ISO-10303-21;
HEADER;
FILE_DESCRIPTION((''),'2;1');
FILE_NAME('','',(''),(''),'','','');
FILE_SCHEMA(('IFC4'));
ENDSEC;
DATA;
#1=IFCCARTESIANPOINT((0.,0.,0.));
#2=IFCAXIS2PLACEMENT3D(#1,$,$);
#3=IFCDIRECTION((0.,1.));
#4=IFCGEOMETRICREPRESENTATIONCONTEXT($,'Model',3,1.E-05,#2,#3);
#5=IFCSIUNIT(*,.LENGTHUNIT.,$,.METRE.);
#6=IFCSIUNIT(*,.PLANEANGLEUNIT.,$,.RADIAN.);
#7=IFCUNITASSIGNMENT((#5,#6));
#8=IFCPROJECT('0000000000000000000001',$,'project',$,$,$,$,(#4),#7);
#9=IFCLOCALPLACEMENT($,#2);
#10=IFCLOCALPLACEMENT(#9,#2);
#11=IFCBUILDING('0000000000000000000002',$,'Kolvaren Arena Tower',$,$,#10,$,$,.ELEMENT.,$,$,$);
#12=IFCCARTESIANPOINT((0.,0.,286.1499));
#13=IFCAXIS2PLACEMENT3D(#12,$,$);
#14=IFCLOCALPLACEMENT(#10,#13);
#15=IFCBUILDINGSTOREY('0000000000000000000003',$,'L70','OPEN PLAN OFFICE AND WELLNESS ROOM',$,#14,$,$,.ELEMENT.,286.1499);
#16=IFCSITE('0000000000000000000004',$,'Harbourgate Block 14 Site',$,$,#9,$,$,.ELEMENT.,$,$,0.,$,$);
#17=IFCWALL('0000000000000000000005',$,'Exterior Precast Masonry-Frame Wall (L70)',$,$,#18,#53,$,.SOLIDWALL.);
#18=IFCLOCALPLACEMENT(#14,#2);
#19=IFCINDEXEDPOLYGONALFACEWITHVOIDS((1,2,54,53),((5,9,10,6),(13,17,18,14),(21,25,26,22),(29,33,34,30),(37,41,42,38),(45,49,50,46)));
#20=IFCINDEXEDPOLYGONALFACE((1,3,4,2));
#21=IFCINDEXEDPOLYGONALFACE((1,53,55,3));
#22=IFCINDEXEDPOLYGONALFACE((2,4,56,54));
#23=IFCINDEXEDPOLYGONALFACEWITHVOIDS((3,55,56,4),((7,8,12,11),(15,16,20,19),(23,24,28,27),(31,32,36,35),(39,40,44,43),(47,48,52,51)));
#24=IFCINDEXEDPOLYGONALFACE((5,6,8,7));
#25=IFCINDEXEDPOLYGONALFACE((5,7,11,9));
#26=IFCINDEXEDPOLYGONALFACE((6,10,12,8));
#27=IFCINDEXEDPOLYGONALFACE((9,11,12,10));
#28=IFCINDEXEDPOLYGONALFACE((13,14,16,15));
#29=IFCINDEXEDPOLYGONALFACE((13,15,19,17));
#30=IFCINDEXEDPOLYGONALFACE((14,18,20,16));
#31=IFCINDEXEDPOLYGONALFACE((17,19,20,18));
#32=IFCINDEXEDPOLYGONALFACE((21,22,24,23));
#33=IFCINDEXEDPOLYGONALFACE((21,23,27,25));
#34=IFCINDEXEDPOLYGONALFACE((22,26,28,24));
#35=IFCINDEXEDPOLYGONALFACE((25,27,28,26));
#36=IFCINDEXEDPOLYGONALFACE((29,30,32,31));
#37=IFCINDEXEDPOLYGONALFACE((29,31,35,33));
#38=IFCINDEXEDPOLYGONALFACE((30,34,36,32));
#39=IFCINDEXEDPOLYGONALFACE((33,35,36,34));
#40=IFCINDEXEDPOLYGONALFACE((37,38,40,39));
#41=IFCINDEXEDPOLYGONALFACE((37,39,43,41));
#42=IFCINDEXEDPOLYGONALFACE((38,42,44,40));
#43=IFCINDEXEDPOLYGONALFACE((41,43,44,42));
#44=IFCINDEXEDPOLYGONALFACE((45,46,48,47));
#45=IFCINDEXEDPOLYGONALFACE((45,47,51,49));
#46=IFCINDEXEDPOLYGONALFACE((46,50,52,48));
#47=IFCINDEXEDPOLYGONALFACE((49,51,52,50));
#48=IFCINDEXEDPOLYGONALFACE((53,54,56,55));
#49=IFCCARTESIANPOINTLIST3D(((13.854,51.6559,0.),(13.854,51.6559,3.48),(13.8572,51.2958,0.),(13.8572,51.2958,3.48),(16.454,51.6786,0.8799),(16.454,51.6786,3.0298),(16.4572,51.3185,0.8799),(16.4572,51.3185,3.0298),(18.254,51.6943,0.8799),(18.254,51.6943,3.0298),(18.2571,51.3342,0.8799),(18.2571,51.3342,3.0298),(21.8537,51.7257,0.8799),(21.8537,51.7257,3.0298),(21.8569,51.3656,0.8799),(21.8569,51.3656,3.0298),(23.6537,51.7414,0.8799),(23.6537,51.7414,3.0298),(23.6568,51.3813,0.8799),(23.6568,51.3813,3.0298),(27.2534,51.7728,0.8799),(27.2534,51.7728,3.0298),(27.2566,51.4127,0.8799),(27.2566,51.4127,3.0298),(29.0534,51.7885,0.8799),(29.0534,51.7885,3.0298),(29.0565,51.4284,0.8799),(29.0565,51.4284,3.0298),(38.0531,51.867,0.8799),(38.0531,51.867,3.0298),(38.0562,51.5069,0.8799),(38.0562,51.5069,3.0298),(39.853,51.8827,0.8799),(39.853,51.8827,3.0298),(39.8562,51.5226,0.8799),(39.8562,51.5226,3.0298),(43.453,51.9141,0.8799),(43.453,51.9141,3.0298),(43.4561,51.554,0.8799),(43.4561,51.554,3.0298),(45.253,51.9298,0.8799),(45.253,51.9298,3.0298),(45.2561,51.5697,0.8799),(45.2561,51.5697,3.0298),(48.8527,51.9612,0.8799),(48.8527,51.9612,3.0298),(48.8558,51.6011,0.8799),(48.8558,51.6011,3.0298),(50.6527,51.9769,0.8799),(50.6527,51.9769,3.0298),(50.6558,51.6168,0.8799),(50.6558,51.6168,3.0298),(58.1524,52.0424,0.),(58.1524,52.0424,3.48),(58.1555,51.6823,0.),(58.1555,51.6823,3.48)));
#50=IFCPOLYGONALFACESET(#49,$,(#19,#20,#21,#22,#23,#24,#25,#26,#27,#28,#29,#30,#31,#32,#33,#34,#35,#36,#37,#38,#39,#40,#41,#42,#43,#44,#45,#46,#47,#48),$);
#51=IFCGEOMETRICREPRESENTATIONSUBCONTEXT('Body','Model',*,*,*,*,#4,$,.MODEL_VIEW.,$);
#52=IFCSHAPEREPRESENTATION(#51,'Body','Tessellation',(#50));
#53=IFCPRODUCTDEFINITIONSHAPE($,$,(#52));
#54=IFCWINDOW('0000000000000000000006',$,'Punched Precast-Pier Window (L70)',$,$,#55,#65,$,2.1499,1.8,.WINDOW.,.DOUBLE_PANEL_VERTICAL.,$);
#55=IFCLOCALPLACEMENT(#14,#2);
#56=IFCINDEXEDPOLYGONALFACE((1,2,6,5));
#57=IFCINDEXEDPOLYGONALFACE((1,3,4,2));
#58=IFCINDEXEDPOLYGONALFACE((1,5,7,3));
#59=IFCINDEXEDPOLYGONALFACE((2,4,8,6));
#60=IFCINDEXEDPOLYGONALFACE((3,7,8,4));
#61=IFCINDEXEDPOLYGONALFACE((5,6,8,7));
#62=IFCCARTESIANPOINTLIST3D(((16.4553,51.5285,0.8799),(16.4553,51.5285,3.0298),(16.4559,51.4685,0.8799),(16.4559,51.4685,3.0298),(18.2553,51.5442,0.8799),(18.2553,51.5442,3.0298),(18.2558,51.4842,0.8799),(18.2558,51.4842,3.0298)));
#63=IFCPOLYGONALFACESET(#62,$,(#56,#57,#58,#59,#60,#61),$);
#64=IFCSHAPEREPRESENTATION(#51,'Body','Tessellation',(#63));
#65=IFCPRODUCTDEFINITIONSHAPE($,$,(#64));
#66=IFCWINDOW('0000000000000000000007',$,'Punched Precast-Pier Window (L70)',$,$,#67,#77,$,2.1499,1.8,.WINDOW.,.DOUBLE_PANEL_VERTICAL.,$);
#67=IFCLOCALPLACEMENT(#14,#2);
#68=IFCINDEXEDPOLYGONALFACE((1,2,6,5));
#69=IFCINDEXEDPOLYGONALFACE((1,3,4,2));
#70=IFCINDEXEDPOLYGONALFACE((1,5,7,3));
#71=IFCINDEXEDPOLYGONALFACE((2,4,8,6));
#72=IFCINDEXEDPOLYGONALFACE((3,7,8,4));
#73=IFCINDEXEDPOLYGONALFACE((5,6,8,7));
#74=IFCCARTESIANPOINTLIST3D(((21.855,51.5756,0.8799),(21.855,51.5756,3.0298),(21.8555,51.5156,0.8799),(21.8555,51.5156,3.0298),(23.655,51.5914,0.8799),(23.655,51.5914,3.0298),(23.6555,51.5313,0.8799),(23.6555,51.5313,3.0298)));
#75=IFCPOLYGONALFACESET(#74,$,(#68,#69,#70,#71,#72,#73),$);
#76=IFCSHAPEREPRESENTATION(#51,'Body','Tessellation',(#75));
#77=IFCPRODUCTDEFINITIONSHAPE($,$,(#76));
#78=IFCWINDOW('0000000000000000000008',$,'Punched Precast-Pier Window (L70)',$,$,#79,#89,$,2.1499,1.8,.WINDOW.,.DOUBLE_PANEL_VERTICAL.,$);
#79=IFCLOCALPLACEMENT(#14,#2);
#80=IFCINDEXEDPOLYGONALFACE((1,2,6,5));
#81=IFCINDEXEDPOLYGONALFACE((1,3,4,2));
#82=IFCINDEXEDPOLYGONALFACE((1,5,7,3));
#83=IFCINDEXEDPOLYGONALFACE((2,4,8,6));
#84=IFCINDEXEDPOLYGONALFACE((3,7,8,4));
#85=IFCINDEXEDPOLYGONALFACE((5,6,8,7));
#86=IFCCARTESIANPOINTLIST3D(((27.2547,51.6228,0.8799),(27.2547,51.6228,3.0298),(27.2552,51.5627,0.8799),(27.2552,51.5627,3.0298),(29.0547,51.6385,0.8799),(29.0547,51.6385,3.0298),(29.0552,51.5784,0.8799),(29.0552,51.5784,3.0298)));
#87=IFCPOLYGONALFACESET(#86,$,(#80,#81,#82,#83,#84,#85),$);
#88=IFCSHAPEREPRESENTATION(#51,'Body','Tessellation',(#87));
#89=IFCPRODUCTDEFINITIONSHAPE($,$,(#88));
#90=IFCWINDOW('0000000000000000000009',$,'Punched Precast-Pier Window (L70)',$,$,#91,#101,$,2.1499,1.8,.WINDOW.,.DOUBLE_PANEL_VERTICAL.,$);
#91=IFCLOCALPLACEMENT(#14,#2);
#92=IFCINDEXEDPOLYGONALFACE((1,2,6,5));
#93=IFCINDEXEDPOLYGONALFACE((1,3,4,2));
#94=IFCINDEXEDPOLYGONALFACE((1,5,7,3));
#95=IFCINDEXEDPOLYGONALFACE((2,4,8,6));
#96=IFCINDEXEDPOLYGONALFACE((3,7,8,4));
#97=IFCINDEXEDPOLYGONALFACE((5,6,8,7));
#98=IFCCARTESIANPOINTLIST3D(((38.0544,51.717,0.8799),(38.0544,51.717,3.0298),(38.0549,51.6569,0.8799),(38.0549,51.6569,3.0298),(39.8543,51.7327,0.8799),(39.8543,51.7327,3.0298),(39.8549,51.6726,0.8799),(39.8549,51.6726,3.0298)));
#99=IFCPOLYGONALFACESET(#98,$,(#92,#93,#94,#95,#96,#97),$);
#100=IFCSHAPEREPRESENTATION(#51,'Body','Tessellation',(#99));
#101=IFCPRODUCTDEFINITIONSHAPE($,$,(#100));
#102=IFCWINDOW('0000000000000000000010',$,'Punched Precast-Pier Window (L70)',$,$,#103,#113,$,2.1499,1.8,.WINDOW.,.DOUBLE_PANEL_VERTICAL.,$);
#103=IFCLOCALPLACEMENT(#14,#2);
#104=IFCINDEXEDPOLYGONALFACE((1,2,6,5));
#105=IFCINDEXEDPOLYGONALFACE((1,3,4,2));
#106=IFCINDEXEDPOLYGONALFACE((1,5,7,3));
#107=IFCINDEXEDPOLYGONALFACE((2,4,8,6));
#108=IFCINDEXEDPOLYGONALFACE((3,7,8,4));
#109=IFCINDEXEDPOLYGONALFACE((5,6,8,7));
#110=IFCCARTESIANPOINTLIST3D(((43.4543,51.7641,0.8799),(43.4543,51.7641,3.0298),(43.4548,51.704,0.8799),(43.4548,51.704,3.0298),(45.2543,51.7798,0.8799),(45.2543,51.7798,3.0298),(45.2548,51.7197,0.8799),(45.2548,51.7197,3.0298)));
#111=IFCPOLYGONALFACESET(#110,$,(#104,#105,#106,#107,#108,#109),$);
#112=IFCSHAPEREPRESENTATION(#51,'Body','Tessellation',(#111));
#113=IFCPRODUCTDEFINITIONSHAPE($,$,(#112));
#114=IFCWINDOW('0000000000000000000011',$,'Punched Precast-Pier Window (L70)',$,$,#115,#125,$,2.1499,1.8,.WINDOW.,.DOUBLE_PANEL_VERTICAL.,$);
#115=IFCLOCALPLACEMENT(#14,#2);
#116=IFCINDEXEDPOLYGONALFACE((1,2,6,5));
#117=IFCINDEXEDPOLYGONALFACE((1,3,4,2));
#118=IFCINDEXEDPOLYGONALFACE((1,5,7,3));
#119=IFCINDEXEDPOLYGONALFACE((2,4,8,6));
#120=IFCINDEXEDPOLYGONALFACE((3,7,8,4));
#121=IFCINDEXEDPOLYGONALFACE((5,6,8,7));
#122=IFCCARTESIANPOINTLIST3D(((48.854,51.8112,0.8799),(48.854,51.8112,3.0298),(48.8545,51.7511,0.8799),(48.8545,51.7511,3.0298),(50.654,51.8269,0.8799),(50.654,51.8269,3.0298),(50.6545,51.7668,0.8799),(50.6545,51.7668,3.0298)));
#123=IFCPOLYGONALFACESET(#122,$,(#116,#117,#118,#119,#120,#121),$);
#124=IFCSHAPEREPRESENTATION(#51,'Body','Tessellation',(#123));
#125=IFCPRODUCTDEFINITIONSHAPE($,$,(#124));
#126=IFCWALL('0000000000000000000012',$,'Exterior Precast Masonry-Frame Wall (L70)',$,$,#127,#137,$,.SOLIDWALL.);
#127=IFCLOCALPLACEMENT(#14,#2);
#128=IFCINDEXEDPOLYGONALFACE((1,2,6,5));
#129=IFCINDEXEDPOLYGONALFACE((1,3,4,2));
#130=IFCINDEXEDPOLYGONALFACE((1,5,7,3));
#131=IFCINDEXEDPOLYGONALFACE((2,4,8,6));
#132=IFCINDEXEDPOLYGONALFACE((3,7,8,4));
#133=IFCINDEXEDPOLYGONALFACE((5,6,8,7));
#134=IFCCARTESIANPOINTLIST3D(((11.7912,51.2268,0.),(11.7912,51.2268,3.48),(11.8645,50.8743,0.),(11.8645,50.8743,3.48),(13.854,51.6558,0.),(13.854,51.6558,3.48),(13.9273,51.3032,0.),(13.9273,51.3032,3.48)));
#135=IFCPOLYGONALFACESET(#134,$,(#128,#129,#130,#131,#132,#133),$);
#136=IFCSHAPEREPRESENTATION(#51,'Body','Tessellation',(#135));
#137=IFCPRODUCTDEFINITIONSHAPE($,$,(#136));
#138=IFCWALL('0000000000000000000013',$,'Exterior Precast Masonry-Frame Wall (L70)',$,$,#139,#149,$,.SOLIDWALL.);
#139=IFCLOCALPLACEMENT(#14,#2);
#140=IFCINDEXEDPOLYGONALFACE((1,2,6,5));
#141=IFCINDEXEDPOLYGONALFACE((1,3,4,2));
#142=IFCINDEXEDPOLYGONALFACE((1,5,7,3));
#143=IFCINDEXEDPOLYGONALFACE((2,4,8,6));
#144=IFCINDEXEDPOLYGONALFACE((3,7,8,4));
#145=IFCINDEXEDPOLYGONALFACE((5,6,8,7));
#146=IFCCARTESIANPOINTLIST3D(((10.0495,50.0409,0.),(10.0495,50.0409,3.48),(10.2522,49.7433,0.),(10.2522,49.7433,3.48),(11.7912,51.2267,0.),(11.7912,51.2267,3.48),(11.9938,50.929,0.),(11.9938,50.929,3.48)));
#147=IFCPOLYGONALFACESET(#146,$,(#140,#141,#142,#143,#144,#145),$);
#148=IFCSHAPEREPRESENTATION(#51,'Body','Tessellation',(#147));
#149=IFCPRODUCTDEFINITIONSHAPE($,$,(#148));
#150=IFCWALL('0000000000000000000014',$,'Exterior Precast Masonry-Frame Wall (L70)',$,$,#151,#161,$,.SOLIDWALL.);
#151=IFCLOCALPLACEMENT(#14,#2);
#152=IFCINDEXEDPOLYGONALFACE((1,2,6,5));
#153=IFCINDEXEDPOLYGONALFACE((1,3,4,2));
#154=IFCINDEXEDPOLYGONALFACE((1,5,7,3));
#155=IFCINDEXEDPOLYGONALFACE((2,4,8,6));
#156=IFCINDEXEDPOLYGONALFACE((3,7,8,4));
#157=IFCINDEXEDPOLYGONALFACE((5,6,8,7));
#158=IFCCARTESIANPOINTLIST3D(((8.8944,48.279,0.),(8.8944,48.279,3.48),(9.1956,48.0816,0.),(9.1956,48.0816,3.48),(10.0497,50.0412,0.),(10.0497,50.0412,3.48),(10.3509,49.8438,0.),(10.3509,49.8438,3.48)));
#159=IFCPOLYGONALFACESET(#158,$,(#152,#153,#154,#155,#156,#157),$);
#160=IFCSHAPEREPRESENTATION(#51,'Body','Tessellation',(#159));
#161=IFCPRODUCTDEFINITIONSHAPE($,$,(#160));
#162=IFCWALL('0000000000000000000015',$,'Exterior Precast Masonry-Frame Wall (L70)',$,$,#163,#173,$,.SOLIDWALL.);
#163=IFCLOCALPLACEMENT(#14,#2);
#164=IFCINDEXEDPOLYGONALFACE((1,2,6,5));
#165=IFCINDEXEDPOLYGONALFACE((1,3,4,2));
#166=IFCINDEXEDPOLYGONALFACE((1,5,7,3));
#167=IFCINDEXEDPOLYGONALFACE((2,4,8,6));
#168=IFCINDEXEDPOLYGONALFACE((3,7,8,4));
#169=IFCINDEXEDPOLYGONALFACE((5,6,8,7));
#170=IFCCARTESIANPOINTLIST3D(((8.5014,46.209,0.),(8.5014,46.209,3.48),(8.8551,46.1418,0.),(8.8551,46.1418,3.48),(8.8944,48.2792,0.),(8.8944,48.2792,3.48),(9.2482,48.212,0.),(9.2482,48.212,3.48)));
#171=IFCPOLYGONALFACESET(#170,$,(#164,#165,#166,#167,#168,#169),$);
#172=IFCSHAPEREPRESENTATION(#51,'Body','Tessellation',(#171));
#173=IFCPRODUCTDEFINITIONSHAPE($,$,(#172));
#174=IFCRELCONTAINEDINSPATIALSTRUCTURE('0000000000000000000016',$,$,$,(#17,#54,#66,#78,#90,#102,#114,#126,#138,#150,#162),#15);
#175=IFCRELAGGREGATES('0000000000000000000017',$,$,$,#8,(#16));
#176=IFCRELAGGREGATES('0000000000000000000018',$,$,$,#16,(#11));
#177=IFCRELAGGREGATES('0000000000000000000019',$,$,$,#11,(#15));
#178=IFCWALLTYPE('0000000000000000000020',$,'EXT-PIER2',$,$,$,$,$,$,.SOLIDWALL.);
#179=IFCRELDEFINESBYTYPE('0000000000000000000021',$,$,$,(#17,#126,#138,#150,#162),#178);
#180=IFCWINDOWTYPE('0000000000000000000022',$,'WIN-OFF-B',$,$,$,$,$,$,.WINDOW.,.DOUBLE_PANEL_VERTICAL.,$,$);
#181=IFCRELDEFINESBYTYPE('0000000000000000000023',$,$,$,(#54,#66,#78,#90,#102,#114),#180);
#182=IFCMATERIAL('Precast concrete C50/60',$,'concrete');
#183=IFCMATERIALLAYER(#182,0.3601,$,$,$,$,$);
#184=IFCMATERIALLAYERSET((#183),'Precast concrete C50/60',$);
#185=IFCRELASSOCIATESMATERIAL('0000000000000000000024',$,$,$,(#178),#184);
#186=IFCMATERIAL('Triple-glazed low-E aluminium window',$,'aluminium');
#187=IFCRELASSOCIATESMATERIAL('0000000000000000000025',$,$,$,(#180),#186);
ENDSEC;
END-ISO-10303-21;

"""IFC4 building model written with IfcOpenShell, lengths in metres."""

from ifc_helpers import new_model, si_unit, direction, frame, frame_2d, origin, place, context, subcontext, project, spatial, rectangle, extrude, material, layer, layer_set, type_object, element, fill, save


model = new_model("IFC4")

# Units and contexts
model_context = context("Model", 3, precision=1e-05, world=origin(), true_north=direction((0.0, 1.0)))
body_context = subcontext(model_context, "Body", "Model", "MODEL_VIEW")
ifc_project = project(units=[si_unit("LENGTHUNIT", "METRE"), si_unit("PLANEANGLEUNIT", "RADIAN")], contexts=[model_context])

# Site, building, storey
site_placement = place(None, origin())
site = spatial("IfcSite", under=ifc_project, at=site_placement, Name="Harbourgate Block 14 Site", CompositionType="ELEMENT", RefElevation=0.0)
building_placement = place(site_placement, origin())
building = spatial("IfcBuilding", under=site, at=building_placement, Name="Kolvaren Arena Tower", CompositionType="ELEMENT")
storey_placement = place(building_placement, frame((0.0, 0.0, 286.1499)))
storey = spatial("IfcBuildingStorey", under=building, at=storey_placement, Name="L70", Description="OPEN PLAN OFFICE AND WELLNESS ROOM", CompositionType="ELEMENT", Elevation=286.1499)

# Shared definitions
ifc_material_1 = material(Name="Precast concrete C50/60", Category="concrete")

# Wall, openings, windows
ifc_layer = layer(ifc_material_1, 0.3601)
ifc_layer_set = layer_set([ifc_layer], Name="Precast concrete C50/60")
wall_type = type_object("IfcWallType", Name="EXT-PIER2", PredefinedType="SOLIDWALL", material=ifc_layer_set)
wall_placement = place(storey_placement, frame((13.8557, 51.4758, 0.0), z_axis=(0.0, 0.0, 1.0), x_axis=(0.999962, 0.008724, 0.0)))
wall = element("IfcWall", 1, at=wall_placement, inside=storey, type_object=wall_type, Name="Exterior Precast Masonry-Frame Wall (L70)", PredefinedType="SOLIDWALL", context=body_context, shape_type="SweptSolid", body=[
    extrude(rectangle(XDim=44.3, YDim=0.3601, at=frame_2d((22.1499, 0.0))), origin(), (0.0, 0.0, 1.0), 3.48),
])
opening_1_placement = place(wall_placement, frame((2.6001, 0.0, 0.8799)))
opening_1 = element("IfcOpeningElement", 2, at=opening_1_placement, cuts=wall, PredefinedType="OPENING", context=body_context, shape_type="SweptSolid", body=[
    extrude(rectangle(XDim=1.8, YDim=2.1499, at=frame_2d((0.8999, 1.075))), frame((0.0, 0.1899, 0.0), z_axis=(0.0, -1.0, 0.0), x_axis=(1.0, 0.0, 0.0)), (0.0, 0.0, 1.0), 0.3801),
])
opening_2_placement = place(wall_placement, frame((8.0, 0.0, 0.8799)))
opening_2 = element("IfcOpeningElement", 3, at=opening_2_placement, cuts=wall, PredefinedType="OPENING", context=body_context, shape_type="SweptSolid", body=[
    extrude(rectangle(XDim=1.8, YDim=2.1499, at=frame_2d((0.8999, 1.075))), frame((0.0, 0.1899, 0.0), z_axis=(0.0, -1.0, 0.0), x_axis=(1.0, 0.0, 0.0)), (0.0, 0.0, 1.0), 0.3801),
])
opening_3_placement = place(wall_placement, frame((13.3999, 0.0, 0.8799)))
opening_3 = element("IfcOpeningElement", 4, at=opening_3_placement, cuts=wall, PredefinedType="OPENING", context=body_context, shape_type="SweptSolid", body=[
    extrude(rectangle(XDim=1.8, YDim=2.1499, at=frame_2d((0.8999, 1.075))), frame((0.0, 0.1899, 0.0), z_axis=(0.0, -1.0, 0.0), x_axis=(1.0, 0.0, 0.0)), (0.0, 0.0, 1.0), 0.3801),
])
opening_4_placement = place(wall_placement, frame((24.2, 0.0, 0.8799)))
opening_4 = element("IfcOpeningElement", 5, at=opening_4_placement, cuts=wall, PredefinedType="OPENING", context=body_context, shape_type="SweptSolid", body=[
    extrude(rectangle(XDim=1.8, YDim=2.1499, at=frame_2d((0.8999, 1.075))), frame((0.0, 0.1899, 0.0), z_axis=(0.0, -1.0, 0.0), x_axis=(1.0, 0.0, 0.0)), (0.0, 0.0, 1.0), 0.3801),
])
opening_5_placement = place(wall_placement, frame((29.6001, 0.0, 0.8799)))
opening_5 = element("IfcOpeningElement", 6, at=opening_5_placement, cuts=wall, PredefinedType="OPENING", context=body_context, shape_type="SweptSolid", body=[
    extrude(rectangle(XDim=1.8, YDim=2.1499, at=frame_2d((0.8999, 1.075))), frame((0.0, 0.1899, 0.0), z_axis=(0.0, -1.0, 0.0), x_axis=(1.0, 0.0, 0.0)), (0.0, 0.0, 1.0), 0.3801),
])
opening_6_placement = place(wall_placement, frame((35.0, 0.0, 0.8799)))
opening_6 = element("IfcOpeningElement", 7, at=opening_6_placement, cuts=wall, PredefinedType="OPENING", context=body_context, shape_type="SweptSolid", body=[
    extrude(rectangle(XDim=1.8, YDim=2.1499, at=frame_2d((0.8999, 1.075))), frame((0.0, 0.1899, 0.0), z_axis=(0.0, -1.0, 0.0), x_axis=(1.0, 0.0, 0.0)), (0.0, 0.0, 1.0), 0.3801),
])
ifc_material_2 = material(Name="Triple-glazed low-E aluminium window", Category="aluminium")
window_type = type_object("IfcWindowType", Name="WIN-OFF-B", PartitioningType="DOUBLE_PANEL_VERTICAL", PredefinedType="WINDOW", material=ifc_material_2)
window_1_placement = place(opening_1_placement, origin())
window_1 = element("IfcWindow", 8, at=window_1_placement, inside=storey, type_object=window_type, Name="Punched Precast-Pier Window (L70)", OverallHeight=2.1499, OverallWidth=1.8, PartitioningType="DOUBLE_PANEL_VERTICAL", PredefinedType="WINDOW", context=body_context, shape_type="SweptSolid", body=[
    extrude(rectangle(XDim=1.8, YDim=2.1499, at=frame_2d((0.8999, 1.075))), frame((0.0, 0.03, 0.0), z_axis=(0.0, -1.0, 0.0), x_axis=(1.0, 0.0, 0.0)), (0.0, 0.0, 1.0), 0.0601),
])
fill(opening_1, window_1)
window_2_placement = place(opening_2_placement, origin())
window_2 = element("IfcWindow", 9, at=window_2_placement, inside=storey, type_object=window_type, Name="Punched Precast-Pier Window (L70)", OverallHeight=2.1499, OverallWidth=1.8, PartitioningType="DOUBLE_PANEL_VERTICAL", PredefinedType="WINDOW", context=body_context, shape_type="SweptSolid", body=[
    extrude(rectangle(XDim=1.8, YDim=2.1499, at=frame_2d((0.8999, 1.075))), frame((0.0, 0.03, 0.0), z_axis=(0.0, -1.0, 0.0), x_axis=(1.0, 0.0, 0.0)), (0.0, 0.0, 1.0), 0.0601),
])
fill(opening_2, window_2)
window_3_placement = place(opening_3_placement, origin())
window_3 = element("IfcWindow", 10, at=window_3_placement, inside=storey, type_object=window_type, Name="Punched Precast-Pier Window (L70)", OverallHeight=2.1499, OverallWidth=1.8, PartitioningType="DOUBLE_PANEL_VERTICAL", PredefinedType="WINDOW", context=body_context, shape_type="SweptSolid", body=[
    extrude(rectangle(XDim=1.8, YDim=2.1499, at=frame_2d((0.8999, 1.075))), frame((0.0, 0.03, 0.0), z_axis=(0.0, -1.0, 0.0), x_axis=(1.0, 0.0, 0.0)), (0.0, 0.0, 1.0), 0.0601),
])
fill(opening_3, window_3)
window_4_placement = place(opening_4_placement, origin())
window_4 = element("IfcWindow", 11, at=window_4_placement, inside=storey, type_object=window_type, Name="Punched Precast-Pier Window (L70)", OverallHeight=2.1499, OverallWidth=1.8, PartitioningType="DOUBLE_PANEL_VERTICAL", PredefinedType="WINDOW", context=body_context, shape_type="SweptSolid", body=[
    extrude(rectangle(XDim=1.8, YDim=2.1499, at=frame_2d((0.8999, 1.075))), frame((0.0, 0.03, 0.0), z_axis=(0.0, -1.0, 0.0), x_axis=(1.0, 0.0, 0.0)), (0.0, 0.0, 1.0), 0.0601),
])
fill(opening_4, window_4)
window_5_placement = place(opening_5_placement, origin())
window_5 = element("IfcWindow", 12, at=window_5_placement, inside=storey, type_object=window_type, Name="Punched Precast-Pier Window (L70)", OverallHeight=2.1499, OverallWidth=1.8, PartitioningType="DOUBLE_PANEL_VERTICAL", PredefinedType="WINDOW", context=body_context, shape_type="SweptSolid", body=[
    extrude(rectangle(XDim=1.8, YDim=2.1499, at=frame_2d((0.8999, 1.075))), frame((0.0, 0.03, 0.0), z_axis=(0.0, -1.0, 0.0), x_axis=(1.0, 0.0, 0.0)), (0.0, 0.0, 1.0), 0.0601),
])
fill(opening_5, window_5)
window_6_placement = place(opening_6_placement, origin())
window_6 = element("IfcWindow", 13, at=window_6_placement, inside=storey, type_object=window_type, Name="Punched Precast-Pier Window (L70)", OverallHeight=2.1499, OverallWidth=1.8, PartitioningType="DOUBLE_PANEL_VERTICAL", PredefinedType="WINDOW", context=body_context, shape_type="SweptSolid", body=[
    extrude(rectangle(XDim=1.8, YDim=2.1499, at=frame_2d((0.8999, 1.075))), frame((0.0, 0.03, 0.0), z_axis=(0.0, -1.0, 0.0), x_axis=(1.0, 0.0, 0.0)), (0.0, 0.0, 1.0), 0.0601),
])
fill(opening_6, window_6)

# Walls
for number, where, z_axis, x_axis, name in (
    (14, (11.8279, 51.0505, 0.0), (0.0, 0.0, 1.0), (0.979055, 0.203598, 0.0), "Exterior Precast Masonry-Frame Wall (L70)"),
    (15, (10.1509, 49.8921, 0.0), (0.0, 0.0, 1.0), (0.82661, 0.562776, 0.0), "Exterior Precast Masonry-Frame Wall (L70)"),
):
    element("IfcWall", number, at=place(storey_placement, frame(where, z_axis=z_axis, x_axis=x_axis)), inside=storey, type_object=wall_type, Name=name, PredefinedType="SOLIDWALL", context=body_context, shape_type="SweptSolid", body=[
        extrude(rectangle(XDim=2.1069, YDim=0.3601, at=frame_2d((1.0535, 0.0))), origin(), (0.0, 0.0, 1.0), 3.48),
    ])
for number, where, z_axis, x_axis, name in (
    (16, (9.0449, 48.1802, 0.0), (0.0, 0.0, 1.0), (0.548267, 0.836304, 0.0), "Exterior Precast Masonry-Frame Wall (L70)"),
    (17, (8.6782, 46.1753, 0.0), (0.0, 0.0, 1.0), (0.186548, 0.982446, 0.0), "Exterior Precast Masonry-Frame Wall (L70)"),
):
    element("IfcWall", number, at=place(storey_placement, frame(where, z_axis=z_axis, x_axis=x_axis)), inside=storey, type_object=wall_type, Name=name, PredefinedType="SOLIDWALL", context=body_context, shape_type="SweptSolid", body=[
        extrude(rectangle(XDim=2.1072, YDim=0.3601, at=frame_2d((1.0537, 0.0))), origin(), (0.0, 0.0, 1.0), 3.48),
    ])

save(model, "model.ifc")
